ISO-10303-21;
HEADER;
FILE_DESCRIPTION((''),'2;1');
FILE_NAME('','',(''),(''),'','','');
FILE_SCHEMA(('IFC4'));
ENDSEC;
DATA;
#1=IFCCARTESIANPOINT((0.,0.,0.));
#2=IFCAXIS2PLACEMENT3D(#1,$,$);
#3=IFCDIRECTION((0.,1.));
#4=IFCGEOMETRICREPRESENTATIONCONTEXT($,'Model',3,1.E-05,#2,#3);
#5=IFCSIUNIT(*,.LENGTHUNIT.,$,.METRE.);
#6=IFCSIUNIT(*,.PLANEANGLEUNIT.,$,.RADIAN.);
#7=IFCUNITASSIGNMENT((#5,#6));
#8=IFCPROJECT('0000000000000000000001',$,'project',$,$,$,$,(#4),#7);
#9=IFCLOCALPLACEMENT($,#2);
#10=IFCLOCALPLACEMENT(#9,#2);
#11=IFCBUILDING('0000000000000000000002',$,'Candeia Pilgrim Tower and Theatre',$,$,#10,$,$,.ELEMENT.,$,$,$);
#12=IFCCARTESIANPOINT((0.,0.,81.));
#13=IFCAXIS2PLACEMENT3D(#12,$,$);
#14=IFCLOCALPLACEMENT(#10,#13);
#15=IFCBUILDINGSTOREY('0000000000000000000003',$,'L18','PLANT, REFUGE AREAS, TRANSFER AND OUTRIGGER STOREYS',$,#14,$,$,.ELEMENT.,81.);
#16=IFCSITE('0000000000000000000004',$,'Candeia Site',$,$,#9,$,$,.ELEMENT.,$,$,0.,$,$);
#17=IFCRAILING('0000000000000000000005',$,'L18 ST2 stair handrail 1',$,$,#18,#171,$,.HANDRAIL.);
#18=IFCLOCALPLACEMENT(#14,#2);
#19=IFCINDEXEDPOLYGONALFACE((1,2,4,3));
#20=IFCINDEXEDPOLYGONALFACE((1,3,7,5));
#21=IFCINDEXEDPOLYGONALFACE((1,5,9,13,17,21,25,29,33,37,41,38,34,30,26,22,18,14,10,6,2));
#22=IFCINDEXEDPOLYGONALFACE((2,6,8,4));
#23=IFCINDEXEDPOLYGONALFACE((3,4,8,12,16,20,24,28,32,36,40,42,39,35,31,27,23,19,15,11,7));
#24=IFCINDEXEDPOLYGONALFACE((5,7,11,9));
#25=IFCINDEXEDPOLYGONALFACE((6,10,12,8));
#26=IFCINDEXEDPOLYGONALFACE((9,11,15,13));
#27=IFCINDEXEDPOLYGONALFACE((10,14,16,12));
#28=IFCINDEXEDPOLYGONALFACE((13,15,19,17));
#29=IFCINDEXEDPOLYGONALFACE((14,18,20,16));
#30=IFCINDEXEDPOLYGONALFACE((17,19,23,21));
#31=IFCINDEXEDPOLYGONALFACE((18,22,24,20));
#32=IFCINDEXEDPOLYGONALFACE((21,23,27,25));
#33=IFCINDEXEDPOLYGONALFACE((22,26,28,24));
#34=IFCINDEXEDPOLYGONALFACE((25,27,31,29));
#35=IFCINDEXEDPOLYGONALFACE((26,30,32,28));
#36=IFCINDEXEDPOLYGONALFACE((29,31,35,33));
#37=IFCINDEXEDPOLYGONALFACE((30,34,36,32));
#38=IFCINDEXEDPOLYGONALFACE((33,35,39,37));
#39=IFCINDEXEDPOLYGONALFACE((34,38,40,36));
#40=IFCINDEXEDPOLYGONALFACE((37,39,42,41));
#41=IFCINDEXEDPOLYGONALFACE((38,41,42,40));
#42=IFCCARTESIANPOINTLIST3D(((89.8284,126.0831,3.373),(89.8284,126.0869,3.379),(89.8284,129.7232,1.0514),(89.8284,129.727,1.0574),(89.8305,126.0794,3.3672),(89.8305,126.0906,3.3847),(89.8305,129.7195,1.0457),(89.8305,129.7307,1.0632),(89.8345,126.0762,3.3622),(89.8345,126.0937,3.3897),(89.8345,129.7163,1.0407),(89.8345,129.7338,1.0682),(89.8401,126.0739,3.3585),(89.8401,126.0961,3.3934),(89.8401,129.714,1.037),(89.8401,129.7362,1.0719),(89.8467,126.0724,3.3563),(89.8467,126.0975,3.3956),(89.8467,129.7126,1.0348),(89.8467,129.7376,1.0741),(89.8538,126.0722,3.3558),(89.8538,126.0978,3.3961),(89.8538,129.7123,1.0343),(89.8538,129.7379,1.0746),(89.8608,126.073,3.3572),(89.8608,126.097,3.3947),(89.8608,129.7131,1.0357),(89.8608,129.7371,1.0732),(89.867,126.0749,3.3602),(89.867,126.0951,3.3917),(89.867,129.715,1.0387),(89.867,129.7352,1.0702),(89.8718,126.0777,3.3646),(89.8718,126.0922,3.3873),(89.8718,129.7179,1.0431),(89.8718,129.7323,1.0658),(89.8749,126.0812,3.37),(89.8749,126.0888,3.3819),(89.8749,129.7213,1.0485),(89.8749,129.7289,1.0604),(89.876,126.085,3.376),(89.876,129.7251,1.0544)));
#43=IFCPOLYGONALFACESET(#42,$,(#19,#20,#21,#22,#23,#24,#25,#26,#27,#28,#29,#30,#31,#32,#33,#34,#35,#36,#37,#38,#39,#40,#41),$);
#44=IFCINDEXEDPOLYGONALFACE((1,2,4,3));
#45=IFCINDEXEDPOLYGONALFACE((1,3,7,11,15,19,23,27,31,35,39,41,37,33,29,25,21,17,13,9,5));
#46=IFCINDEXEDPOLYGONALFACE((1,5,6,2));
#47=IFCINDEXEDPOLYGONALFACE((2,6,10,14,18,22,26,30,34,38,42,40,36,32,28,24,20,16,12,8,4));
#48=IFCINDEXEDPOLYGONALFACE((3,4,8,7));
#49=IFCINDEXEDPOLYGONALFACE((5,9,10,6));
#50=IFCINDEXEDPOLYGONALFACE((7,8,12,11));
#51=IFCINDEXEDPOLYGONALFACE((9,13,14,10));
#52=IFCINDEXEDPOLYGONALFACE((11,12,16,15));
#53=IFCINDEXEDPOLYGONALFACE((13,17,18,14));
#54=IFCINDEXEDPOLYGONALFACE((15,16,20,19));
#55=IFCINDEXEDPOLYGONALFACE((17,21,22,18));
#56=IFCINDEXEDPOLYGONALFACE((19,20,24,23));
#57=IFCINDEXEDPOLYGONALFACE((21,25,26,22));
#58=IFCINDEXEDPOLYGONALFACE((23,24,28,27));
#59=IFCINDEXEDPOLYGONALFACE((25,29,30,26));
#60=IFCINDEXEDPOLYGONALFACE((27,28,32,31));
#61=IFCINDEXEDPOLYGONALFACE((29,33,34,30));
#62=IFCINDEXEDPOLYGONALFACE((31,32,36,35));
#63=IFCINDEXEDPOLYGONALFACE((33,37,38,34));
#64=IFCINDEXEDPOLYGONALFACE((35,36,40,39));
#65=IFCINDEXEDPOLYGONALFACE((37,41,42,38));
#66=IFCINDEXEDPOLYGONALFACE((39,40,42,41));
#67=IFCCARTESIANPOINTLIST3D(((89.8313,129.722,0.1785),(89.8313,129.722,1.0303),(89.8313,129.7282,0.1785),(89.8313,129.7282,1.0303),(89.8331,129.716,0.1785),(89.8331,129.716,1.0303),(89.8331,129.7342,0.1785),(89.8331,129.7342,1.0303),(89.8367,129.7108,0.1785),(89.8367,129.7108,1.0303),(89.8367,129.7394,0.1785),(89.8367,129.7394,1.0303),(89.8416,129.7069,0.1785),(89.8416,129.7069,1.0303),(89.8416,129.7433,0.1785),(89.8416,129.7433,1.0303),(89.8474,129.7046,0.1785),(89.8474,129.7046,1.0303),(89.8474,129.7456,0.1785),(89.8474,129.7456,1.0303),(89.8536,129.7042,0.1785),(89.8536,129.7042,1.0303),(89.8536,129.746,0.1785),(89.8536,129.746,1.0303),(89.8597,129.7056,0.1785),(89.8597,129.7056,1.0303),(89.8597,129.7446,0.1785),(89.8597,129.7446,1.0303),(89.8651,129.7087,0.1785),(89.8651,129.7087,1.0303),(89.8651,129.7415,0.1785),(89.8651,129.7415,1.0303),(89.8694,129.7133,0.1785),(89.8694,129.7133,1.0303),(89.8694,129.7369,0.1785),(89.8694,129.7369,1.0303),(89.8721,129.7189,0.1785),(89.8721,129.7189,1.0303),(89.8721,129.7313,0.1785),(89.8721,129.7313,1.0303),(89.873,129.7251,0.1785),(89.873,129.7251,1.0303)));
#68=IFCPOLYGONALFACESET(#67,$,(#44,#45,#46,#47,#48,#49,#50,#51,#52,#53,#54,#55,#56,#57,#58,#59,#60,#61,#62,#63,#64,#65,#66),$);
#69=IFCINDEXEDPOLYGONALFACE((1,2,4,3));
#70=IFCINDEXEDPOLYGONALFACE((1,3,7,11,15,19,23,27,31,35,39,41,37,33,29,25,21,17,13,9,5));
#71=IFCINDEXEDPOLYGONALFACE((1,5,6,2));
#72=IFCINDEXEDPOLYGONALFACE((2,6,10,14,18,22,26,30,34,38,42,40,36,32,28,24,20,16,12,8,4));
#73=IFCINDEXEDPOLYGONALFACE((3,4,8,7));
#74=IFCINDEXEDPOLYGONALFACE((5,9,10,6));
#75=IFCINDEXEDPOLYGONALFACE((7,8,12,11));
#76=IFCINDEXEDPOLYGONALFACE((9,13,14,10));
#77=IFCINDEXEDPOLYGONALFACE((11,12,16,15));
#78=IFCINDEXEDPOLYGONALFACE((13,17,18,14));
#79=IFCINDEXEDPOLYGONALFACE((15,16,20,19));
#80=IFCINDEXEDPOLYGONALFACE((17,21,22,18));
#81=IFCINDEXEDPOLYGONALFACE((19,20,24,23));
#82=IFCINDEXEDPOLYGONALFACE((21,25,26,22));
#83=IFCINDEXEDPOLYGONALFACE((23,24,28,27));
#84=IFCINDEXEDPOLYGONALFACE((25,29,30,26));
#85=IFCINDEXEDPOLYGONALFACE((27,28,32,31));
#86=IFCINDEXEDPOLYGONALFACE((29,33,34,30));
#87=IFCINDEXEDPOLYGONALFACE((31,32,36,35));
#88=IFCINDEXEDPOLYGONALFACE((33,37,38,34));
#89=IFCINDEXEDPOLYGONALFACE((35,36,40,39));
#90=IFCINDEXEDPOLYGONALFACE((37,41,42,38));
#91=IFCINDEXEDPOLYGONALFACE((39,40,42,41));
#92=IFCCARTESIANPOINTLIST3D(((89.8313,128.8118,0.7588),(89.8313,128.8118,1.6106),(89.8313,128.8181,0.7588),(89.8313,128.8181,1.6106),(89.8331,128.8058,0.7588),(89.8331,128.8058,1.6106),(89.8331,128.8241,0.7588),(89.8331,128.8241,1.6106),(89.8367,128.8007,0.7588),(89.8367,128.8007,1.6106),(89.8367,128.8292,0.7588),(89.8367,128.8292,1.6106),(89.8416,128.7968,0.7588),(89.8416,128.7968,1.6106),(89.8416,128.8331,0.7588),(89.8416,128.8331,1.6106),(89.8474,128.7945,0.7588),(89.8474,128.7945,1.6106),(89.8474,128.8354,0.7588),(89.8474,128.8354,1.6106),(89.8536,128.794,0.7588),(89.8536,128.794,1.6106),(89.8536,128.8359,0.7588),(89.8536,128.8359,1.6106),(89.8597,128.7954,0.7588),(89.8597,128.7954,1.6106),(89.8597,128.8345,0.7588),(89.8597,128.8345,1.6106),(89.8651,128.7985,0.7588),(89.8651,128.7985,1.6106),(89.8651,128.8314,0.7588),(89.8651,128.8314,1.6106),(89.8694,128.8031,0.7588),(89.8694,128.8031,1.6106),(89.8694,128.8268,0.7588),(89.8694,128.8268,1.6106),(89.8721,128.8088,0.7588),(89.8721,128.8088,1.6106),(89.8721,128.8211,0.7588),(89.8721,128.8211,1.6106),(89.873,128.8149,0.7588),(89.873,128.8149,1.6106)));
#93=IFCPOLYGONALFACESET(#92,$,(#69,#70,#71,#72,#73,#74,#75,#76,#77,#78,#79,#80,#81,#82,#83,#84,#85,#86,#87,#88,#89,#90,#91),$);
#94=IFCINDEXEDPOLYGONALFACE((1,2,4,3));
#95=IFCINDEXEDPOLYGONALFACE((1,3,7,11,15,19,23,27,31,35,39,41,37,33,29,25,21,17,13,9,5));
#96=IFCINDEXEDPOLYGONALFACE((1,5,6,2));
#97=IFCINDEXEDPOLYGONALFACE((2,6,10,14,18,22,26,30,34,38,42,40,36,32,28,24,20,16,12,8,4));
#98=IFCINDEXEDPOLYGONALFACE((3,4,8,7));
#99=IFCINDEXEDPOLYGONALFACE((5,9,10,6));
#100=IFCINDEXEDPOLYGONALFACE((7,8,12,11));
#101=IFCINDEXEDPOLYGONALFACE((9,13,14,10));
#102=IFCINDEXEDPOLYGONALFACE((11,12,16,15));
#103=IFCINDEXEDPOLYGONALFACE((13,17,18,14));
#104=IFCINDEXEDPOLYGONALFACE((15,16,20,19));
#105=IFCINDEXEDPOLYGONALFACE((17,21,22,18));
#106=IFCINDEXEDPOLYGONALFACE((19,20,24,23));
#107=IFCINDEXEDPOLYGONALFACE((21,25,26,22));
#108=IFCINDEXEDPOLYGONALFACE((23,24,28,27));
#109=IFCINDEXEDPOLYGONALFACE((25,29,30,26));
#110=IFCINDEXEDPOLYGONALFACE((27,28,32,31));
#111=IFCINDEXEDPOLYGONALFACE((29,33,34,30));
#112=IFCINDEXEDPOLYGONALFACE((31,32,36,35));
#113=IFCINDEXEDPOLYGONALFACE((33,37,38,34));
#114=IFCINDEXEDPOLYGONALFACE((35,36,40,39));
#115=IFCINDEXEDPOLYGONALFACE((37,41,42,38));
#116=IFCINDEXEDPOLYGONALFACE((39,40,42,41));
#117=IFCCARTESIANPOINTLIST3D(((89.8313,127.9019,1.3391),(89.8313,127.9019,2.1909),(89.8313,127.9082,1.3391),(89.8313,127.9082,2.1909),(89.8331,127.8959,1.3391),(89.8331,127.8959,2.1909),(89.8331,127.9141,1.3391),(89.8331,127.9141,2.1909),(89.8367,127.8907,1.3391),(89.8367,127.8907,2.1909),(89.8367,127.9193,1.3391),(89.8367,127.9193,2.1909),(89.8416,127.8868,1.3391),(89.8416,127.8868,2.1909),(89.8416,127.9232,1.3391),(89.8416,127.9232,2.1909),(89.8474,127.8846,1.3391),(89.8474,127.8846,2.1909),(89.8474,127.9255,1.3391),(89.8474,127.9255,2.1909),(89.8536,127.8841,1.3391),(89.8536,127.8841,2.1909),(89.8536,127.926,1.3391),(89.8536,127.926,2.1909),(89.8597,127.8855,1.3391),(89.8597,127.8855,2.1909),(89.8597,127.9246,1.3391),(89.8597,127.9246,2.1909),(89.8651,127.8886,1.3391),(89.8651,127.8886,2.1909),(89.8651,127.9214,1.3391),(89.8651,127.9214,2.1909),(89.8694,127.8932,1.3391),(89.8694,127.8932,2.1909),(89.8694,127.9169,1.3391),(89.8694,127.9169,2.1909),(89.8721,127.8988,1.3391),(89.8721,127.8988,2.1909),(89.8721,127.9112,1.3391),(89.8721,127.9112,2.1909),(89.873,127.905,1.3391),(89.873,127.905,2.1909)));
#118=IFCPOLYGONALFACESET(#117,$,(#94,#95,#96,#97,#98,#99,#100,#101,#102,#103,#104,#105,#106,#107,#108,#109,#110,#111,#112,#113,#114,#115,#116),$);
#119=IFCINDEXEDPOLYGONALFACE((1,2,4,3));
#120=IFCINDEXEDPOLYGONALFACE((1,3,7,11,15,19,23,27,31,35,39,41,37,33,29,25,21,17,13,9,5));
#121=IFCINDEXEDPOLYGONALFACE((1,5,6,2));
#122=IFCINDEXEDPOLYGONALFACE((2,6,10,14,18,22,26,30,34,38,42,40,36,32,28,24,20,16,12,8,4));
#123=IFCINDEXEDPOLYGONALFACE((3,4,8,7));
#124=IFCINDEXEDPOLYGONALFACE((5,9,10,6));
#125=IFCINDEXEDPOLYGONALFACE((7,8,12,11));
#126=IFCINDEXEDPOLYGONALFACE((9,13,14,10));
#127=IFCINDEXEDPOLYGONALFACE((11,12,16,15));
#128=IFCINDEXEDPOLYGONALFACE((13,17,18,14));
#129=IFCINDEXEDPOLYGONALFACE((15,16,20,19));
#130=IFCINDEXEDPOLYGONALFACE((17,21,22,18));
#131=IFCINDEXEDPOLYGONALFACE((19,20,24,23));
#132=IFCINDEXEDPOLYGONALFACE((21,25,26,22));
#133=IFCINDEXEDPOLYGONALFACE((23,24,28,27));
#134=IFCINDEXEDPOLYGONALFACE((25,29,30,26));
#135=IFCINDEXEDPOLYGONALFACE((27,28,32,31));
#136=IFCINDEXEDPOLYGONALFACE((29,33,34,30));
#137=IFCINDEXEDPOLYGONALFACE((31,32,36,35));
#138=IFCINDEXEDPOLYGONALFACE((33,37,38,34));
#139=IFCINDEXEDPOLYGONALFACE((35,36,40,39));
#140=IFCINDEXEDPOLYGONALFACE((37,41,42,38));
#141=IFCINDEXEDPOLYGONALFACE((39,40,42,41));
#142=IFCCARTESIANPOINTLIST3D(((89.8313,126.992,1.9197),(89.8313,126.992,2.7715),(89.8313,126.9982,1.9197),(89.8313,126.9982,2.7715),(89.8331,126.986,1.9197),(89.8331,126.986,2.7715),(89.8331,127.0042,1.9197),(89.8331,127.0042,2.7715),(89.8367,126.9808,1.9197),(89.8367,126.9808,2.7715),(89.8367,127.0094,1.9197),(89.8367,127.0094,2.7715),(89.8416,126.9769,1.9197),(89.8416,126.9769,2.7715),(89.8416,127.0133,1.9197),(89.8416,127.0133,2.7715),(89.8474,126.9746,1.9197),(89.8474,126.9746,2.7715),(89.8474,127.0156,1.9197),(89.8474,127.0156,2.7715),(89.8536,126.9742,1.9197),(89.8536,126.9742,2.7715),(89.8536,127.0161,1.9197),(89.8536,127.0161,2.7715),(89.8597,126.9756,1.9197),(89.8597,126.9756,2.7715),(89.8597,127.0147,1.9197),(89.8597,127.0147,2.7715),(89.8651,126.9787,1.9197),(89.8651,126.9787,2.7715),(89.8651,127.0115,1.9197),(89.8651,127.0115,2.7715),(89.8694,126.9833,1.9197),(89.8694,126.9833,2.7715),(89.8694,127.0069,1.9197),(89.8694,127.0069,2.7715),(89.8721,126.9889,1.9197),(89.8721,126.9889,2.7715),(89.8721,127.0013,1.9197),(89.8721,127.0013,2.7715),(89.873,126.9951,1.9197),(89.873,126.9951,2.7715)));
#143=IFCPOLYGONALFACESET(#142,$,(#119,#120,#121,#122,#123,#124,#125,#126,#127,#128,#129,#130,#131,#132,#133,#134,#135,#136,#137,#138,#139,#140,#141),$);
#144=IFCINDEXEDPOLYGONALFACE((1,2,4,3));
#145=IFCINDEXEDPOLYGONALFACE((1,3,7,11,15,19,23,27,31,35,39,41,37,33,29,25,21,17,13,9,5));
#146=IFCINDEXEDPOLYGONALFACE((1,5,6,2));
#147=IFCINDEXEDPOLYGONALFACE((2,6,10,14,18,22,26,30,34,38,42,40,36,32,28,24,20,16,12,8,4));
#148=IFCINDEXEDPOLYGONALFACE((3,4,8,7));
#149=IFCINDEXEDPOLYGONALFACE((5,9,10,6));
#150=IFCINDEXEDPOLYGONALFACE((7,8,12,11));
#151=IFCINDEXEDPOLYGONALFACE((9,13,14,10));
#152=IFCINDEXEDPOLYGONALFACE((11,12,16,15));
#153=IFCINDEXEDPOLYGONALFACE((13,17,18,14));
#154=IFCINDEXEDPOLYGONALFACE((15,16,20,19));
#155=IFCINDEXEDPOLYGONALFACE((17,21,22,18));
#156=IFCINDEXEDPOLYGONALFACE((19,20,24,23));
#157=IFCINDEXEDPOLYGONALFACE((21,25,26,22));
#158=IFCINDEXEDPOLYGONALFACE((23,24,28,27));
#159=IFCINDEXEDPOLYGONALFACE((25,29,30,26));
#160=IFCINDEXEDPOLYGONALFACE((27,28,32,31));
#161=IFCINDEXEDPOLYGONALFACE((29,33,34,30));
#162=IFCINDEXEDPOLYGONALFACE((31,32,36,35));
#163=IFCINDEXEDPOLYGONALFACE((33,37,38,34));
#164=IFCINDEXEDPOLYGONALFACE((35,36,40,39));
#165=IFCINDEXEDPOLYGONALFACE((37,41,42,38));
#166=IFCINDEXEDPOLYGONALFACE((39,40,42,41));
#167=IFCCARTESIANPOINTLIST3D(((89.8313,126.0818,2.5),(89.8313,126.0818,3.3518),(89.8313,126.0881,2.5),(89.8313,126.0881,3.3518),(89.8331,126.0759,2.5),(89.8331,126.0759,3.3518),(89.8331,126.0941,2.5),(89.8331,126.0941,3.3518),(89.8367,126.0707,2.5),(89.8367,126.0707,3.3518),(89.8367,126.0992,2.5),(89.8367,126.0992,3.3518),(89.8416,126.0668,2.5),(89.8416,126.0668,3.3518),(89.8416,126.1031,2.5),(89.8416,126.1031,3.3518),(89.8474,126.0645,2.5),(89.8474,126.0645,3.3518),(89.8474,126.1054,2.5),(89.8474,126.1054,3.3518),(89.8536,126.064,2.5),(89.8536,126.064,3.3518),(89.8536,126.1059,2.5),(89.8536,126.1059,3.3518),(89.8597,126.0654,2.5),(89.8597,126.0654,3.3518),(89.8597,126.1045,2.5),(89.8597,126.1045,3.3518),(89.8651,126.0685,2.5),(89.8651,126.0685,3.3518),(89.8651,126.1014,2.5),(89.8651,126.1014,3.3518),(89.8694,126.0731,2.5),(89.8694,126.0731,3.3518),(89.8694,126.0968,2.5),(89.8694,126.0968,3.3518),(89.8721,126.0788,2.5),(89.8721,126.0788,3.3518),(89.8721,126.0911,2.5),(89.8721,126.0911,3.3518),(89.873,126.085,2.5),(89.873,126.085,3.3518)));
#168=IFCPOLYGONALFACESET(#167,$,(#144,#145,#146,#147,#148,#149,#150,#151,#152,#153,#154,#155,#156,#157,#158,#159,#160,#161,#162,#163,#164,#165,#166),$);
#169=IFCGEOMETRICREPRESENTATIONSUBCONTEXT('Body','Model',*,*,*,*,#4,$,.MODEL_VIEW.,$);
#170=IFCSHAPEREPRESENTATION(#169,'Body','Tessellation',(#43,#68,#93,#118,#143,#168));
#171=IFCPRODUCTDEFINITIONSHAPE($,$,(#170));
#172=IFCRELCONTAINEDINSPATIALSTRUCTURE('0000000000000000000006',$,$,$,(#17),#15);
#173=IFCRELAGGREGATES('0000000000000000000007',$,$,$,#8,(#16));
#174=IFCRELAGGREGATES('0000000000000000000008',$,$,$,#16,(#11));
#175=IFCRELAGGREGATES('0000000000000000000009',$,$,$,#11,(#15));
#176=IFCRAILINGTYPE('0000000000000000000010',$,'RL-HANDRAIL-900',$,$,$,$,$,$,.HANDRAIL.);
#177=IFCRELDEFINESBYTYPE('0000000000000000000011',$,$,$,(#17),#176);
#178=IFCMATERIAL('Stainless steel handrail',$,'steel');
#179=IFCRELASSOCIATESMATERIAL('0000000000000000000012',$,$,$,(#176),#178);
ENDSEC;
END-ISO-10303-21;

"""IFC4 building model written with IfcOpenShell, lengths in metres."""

from ifc_helpers import new_model, si_unit, direction, frame, origin, origin_2d, place, context, subcontext, project, spatial, circle, extrude, material, type_object, element, save


model = new_model("IFC4")

# Units and contexts
model_context = context("Model", 3, precision=1e-05, world=origin(), true_north=direction((0.0, 1.0)))
body_context = subcontext(model_context, "Body", "Model", "MODEL_VIEW")
ifc_project = project(units=[si_unit("LENGTHUNIT", "METRE"), si_unit("PLANEANGLEUNIT", "RADIAN")], contexts=[model_context])

# Site, building, storey
site_placement = place(None, origin())
site = spatial("IfcSite", under=ifc_project, at=site_placement, Name="Candeia Site", CompositionType="ELEMENT", RefElevation=0.0)
building_placement = place(site_placement, origin())
building = spatial("IfcBuilding", under=site, at=building_placement, Name="Candeia Pilgrim Tower and Theatre", CompositionType="ELEMENT")
storey_placement = place(building_placement, frame((0.0, 0.0, 81.0)))
storey = spatial("IfcBuildingStorey", under=building, at=storey_placement, Name="L18", Description="PLANT, REFUGE AREAS, TRANSFER AND OUTRIGGER STOREYS", CompositionType="ELEMENT", Elevation=81.0)

# Railing
ifc_material_1 = material(Name="Stainless steel handrail", Category="steel")
railing_type_1 = type_object("IfcRailingType", Name="RL-HANDRAIL-900", PredefinedType="HANDRAIL", material=ifc_material_1)
for number, where, name in (
    (1, (89.8521, 129.7251, 0.1785), "L18 ST2 stair handrail 1"),
):
    element("IfcRailing", number, at=place(storey_placement, frame(where)), inside=storey, type_object=railing_type_1, Name=name, PredefinedType="HANDRAIL", context=body_context, shape_type="SweptSolid", body=[
        extrude(circle(Radius=0.0239, at=origin_2d()), frame((0.0, 0.0, 0.876), z_axis=(0.0, -0.843128, 0.537713), x_axis=(1.0, 0.0, 0.0)), (0.0, 0.0, 1.0), 4.3174),
        extrude(circle(Radius=0.021, at=origin_2d()), origin(), (0.0, 0.0, 1.0), 0.8518),
        extrude(circle(Radius=0.021, at=origin_2d()), frame((0.0, -0.9102, 0.5803)), (0.0, 0.0, 1.0), 0.8518),
        extrude(circle(Radius=0.021, at=origin_2d()), frame((0.0, -1.8201, 1.1606)), (0.0, 0.0, 1.0), 0.8518),
        extrude(circle(Radius=0.021, at=origin_2d()), frame((0.0, -2.73, 1.7412)), (0.0, 0.0, 1.0), 0.8518),
        extrude(circle(Radius=0.021, at=origin_2d()), frame((0.0, -3.6401, 2.3215)), (0.0, 0.0, 1.0), 0.8518),
    ])

save(model, "model.ifc")
